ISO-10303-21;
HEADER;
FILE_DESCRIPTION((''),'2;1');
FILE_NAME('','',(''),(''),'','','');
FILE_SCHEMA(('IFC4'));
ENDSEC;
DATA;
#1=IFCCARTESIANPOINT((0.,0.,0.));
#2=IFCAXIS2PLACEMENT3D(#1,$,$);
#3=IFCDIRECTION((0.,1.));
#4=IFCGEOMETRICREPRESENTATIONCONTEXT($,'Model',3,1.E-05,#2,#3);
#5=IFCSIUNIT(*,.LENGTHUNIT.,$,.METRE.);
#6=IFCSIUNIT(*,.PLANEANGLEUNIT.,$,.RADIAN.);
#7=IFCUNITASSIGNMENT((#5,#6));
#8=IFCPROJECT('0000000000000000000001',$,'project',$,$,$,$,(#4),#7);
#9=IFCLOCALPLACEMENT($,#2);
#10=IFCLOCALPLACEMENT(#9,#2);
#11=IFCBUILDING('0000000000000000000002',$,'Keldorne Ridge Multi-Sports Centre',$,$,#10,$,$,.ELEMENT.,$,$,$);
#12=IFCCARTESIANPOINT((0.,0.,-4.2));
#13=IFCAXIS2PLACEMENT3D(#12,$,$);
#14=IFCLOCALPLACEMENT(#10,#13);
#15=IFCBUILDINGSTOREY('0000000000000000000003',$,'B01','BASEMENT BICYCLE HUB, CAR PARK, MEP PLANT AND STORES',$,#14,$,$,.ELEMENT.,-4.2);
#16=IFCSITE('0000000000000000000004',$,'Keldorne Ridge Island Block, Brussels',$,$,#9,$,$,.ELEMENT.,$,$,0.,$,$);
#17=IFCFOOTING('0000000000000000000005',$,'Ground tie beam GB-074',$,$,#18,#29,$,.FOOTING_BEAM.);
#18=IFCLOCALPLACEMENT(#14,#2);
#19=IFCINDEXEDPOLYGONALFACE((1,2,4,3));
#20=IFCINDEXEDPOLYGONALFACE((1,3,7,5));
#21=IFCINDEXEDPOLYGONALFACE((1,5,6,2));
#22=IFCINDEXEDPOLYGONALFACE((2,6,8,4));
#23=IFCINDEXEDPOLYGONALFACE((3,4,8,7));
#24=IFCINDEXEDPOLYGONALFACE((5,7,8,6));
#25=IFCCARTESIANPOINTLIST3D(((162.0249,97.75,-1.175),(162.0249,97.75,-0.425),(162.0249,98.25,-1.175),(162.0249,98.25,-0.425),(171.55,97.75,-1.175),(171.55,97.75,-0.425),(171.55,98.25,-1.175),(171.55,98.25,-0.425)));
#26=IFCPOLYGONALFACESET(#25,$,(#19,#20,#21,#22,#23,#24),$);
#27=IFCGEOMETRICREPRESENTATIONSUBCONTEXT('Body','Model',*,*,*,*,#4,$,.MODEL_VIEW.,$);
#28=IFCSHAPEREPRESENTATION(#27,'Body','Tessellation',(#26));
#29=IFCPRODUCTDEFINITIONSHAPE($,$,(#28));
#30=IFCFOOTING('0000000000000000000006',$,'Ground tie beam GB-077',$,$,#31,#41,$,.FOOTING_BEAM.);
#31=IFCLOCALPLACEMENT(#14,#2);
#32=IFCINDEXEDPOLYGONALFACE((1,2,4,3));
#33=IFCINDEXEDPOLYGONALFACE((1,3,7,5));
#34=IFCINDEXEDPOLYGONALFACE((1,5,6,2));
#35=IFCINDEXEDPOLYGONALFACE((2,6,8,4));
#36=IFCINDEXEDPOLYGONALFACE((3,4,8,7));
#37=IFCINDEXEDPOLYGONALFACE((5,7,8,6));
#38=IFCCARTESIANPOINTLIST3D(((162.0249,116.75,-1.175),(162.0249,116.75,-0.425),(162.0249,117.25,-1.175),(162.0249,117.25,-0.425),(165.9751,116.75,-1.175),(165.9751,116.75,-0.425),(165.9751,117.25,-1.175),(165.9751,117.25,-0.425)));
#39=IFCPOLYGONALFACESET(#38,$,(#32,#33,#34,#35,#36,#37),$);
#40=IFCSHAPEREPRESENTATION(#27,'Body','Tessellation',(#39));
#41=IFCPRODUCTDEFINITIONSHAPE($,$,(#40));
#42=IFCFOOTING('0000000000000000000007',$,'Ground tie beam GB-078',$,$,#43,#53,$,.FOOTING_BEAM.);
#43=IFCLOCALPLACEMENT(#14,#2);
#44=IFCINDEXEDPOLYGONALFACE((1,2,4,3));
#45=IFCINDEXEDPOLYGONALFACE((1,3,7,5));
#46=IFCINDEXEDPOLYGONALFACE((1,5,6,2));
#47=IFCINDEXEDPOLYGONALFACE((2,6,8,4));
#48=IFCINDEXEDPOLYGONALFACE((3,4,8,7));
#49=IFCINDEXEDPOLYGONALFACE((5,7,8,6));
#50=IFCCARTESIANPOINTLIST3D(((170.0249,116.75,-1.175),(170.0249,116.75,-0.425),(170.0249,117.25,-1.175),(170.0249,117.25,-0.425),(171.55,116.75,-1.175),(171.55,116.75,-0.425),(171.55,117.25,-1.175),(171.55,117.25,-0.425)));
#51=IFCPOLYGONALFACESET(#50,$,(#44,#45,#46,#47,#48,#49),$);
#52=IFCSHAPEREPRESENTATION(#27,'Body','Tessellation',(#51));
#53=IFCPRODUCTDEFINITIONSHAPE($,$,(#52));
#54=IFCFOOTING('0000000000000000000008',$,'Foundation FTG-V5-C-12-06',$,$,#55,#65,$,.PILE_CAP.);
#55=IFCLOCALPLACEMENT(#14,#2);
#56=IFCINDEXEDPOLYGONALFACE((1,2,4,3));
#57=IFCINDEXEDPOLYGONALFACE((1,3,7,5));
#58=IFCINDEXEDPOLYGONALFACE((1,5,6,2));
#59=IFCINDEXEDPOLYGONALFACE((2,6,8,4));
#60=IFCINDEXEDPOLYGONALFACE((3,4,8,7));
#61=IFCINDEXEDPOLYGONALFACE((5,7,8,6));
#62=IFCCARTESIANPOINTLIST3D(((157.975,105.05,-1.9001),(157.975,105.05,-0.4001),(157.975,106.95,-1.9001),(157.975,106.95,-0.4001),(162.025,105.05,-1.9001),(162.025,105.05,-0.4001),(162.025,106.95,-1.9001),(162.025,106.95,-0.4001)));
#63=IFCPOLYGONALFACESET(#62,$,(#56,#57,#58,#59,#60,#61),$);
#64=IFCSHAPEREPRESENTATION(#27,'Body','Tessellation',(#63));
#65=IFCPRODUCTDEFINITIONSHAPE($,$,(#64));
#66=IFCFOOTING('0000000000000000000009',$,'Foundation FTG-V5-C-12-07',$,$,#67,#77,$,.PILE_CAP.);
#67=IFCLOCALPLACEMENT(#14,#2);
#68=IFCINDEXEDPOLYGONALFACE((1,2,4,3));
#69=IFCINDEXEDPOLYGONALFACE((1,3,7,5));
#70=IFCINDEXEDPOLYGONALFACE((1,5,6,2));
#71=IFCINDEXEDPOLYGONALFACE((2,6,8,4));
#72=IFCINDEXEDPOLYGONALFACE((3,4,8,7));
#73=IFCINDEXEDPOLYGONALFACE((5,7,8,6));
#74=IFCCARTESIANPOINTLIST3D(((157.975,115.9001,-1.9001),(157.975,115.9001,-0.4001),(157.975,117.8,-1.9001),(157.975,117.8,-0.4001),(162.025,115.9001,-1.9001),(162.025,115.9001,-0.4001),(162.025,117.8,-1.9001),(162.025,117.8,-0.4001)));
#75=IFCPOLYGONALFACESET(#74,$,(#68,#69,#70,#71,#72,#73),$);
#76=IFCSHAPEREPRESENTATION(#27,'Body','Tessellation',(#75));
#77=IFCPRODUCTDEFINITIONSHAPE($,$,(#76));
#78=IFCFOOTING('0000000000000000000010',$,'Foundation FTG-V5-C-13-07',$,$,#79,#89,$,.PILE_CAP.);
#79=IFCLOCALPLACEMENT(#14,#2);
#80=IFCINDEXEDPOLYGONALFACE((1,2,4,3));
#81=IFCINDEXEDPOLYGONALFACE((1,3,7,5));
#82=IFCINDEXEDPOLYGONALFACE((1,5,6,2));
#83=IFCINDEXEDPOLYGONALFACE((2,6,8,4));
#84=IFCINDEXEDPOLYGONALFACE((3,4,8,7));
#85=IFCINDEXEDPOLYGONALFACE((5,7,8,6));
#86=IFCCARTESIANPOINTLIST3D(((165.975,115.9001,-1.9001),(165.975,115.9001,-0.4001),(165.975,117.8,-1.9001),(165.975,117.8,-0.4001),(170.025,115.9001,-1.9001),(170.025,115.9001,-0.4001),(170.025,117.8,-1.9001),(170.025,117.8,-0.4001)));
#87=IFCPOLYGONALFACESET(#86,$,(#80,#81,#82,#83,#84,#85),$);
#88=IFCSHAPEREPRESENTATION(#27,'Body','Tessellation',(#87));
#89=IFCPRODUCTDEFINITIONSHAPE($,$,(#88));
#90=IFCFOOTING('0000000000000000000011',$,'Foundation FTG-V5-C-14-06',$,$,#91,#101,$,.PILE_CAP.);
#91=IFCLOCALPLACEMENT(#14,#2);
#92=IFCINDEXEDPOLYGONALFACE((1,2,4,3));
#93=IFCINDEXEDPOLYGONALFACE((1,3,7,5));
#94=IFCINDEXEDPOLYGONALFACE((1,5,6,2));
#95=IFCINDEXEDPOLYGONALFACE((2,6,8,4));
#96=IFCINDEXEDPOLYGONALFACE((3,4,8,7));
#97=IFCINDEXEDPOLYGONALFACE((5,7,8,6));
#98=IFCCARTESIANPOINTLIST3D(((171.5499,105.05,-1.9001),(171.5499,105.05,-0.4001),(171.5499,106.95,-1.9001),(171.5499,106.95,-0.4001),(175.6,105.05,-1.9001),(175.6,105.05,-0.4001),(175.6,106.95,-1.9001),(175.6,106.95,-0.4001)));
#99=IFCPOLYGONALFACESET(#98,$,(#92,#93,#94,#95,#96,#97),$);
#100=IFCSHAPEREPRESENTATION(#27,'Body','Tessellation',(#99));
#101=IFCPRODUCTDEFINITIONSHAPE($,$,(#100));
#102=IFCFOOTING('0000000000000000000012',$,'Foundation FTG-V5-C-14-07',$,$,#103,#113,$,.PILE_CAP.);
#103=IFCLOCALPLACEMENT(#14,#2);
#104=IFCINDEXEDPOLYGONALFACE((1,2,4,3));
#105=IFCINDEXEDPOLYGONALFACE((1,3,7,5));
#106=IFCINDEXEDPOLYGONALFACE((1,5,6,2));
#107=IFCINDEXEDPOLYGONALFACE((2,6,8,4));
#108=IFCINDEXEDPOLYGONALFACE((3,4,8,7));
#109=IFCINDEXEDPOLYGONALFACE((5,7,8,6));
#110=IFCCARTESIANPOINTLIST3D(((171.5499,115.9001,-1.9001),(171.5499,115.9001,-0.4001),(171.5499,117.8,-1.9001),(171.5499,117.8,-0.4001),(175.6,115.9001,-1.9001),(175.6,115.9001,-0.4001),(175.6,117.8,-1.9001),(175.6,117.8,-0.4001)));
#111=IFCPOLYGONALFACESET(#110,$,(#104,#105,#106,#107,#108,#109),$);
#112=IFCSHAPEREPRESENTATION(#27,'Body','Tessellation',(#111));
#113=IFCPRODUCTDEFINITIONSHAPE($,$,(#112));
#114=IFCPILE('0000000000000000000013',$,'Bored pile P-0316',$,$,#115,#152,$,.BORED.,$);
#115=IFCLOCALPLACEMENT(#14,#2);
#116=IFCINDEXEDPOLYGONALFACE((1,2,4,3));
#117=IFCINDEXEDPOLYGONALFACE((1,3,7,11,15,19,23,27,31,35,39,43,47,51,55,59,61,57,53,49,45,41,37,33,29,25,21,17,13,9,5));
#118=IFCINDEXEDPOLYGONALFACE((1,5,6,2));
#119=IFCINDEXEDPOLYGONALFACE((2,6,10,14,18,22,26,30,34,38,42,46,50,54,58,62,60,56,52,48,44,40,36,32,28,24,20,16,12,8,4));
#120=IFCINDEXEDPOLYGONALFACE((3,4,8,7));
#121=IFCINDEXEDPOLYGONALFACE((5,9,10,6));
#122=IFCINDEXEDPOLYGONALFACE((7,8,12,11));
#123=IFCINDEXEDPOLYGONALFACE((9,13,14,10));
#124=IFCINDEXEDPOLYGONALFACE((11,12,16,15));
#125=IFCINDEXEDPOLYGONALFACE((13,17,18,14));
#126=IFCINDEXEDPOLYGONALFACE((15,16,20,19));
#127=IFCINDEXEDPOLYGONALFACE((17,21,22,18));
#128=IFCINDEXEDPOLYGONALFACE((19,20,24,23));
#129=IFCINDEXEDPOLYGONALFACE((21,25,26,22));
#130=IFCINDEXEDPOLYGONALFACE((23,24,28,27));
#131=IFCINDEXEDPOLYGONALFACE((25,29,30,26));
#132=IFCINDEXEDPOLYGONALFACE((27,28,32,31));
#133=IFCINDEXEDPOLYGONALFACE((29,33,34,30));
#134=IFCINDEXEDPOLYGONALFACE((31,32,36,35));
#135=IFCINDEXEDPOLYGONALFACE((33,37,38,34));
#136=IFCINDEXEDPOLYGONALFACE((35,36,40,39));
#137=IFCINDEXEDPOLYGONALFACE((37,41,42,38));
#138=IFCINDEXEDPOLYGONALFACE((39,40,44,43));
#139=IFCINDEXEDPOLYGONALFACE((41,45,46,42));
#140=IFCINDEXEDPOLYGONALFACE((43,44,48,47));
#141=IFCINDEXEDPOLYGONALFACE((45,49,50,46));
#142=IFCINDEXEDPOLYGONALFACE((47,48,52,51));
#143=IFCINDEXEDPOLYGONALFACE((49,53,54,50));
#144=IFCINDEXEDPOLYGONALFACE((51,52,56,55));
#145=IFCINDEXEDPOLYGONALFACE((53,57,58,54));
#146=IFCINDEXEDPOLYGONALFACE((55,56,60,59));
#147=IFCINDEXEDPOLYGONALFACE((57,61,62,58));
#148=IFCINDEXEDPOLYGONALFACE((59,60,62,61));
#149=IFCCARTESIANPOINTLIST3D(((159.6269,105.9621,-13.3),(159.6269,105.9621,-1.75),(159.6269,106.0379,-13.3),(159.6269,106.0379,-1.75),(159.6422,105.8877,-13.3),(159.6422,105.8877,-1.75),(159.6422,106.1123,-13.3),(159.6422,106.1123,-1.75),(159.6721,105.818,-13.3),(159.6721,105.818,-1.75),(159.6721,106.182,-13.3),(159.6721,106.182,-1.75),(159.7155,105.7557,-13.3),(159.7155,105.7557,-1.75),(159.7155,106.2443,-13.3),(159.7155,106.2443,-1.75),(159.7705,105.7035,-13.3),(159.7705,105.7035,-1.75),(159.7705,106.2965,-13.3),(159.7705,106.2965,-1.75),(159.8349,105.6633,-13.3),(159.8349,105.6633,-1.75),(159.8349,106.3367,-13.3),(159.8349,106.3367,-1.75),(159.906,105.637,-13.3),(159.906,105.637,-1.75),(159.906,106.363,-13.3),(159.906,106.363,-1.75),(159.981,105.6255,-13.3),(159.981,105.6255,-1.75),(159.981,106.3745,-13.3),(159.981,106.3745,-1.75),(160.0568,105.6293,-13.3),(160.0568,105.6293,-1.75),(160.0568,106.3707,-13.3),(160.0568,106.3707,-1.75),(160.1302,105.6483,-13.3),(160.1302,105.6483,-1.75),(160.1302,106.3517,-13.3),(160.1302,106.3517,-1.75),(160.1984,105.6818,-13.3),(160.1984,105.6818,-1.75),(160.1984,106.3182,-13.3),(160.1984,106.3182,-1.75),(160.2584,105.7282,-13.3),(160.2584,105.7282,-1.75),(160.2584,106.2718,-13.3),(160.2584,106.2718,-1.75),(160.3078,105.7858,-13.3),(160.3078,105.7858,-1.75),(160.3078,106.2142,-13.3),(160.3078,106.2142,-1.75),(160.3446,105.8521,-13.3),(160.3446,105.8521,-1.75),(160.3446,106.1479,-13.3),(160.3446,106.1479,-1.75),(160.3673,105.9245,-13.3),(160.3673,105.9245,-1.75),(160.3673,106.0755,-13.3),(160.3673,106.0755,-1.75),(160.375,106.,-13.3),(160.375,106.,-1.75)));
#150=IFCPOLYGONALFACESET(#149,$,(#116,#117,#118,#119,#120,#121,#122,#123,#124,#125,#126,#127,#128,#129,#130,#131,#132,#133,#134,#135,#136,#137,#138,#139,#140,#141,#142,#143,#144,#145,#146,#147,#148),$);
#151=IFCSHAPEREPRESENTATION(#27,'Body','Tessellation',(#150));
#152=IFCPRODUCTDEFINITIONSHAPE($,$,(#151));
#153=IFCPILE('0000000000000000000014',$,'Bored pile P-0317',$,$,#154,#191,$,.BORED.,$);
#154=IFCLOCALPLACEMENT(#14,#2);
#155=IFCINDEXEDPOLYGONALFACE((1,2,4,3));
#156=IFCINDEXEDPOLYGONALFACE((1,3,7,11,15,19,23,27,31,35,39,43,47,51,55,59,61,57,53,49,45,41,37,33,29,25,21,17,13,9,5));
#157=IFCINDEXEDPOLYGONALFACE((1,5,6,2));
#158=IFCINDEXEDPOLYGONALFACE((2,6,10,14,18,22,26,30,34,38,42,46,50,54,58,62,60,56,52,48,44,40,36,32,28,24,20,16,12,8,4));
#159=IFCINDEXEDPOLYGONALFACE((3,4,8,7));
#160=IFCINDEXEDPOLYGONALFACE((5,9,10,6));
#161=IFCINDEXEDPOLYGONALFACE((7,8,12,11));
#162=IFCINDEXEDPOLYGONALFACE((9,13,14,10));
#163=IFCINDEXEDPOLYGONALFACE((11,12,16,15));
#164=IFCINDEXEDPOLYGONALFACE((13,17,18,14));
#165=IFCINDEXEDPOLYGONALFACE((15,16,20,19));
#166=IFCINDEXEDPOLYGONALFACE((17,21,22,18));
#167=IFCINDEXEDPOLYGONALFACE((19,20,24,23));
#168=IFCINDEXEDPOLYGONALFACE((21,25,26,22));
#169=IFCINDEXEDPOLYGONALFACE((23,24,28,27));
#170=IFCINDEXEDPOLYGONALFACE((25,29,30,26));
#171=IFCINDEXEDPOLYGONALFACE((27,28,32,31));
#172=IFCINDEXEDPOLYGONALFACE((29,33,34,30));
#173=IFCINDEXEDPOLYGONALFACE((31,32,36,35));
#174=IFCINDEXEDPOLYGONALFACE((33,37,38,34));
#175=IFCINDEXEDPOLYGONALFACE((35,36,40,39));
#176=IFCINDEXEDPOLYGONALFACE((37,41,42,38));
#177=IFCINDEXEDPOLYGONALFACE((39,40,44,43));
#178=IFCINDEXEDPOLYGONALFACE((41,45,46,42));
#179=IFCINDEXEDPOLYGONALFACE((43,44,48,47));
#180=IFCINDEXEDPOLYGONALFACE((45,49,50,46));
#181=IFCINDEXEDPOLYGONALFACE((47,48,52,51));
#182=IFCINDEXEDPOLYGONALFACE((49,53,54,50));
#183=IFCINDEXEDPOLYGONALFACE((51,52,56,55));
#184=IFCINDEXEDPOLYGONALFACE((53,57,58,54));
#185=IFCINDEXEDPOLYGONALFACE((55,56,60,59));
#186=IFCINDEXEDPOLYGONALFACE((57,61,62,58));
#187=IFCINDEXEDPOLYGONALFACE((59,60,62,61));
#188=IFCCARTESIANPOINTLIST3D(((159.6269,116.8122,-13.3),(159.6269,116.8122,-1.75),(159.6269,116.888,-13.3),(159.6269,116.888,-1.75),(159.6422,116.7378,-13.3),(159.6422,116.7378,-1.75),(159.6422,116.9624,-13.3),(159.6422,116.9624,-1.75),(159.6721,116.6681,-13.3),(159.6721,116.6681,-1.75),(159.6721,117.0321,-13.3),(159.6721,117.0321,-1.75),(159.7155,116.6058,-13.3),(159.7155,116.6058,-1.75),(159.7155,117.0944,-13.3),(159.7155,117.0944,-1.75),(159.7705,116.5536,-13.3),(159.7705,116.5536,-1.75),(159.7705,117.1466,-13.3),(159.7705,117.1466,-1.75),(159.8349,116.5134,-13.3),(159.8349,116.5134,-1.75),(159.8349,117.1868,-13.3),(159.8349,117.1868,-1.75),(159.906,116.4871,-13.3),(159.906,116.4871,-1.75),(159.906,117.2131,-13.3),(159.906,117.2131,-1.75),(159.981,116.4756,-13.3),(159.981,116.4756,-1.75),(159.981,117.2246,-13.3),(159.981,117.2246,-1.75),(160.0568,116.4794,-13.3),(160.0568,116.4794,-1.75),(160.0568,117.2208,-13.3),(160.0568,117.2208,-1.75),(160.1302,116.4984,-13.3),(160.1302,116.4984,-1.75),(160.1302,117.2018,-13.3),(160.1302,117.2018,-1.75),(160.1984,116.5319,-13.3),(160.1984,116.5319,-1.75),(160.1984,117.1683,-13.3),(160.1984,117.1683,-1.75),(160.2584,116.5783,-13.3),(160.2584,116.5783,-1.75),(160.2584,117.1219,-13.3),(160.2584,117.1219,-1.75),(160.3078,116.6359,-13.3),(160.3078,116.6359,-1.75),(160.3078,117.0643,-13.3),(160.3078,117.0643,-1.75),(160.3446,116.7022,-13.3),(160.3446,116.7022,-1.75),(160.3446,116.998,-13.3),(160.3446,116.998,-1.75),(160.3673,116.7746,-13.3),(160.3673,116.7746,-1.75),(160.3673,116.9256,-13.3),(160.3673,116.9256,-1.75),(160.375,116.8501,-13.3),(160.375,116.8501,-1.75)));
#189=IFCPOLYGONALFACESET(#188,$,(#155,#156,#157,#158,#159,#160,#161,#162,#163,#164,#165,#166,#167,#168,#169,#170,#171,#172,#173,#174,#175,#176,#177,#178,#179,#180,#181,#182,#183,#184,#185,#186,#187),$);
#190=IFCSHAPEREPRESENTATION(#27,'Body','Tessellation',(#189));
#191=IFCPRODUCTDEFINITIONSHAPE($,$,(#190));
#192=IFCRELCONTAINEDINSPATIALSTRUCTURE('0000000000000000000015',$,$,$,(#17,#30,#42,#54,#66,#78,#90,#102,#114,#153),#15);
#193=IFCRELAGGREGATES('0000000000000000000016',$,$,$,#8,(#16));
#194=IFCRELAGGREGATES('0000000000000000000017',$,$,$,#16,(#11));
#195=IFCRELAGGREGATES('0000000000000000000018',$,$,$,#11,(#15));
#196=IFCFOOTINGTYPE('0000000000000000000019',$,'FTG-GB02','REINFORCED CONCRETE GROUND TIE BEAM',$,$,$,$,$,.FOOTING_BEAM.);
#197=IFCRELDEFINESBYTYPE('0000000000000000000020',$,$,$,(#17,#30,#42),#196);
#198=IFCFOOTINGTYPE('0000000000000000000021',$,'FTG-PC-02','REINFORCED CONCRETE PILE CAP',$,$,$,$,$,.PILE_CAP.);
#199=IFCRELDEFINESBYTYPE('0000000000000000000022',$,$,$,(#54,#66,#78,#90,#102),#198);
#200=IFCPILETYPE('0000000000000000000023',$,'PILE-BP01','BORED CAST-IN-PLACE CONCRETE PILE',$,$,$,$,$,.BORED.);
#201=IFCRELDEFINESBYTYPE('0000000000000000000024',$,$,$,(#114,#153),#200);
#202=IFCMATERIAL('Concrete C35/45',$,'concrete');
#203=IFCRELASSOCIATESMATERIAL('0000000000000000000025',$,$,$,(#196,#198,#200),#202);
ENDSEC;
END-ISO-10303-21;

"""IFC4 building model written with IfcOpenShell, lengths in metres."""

from ifc_helpers import new_model, si_unit, direction, frame, origin, origin_2d, place, context, subcontext, project, spatial, rectangle, circle, extrude, material, material_profile, profile_set, type_object, element, save


model = new_model("IFC4")

# Units and contexts
model_context = context("Model", 3, precision=1e-05, world=origin(), true_north=direction((0.0, 1.0)))
body_context = subcontext(model_context, "Body", "Model", "MODEL_VIEW")
ifc_project = project(units=[si_unit("LENGTHUNIT", "METRE"), si_unit("PLANEANGLEUNIT", "RADIAN")], contexts=[model_context])

# Site, building, storey
site_placement = place(None, origin())
site = spatial("IfcSite", under=ifc_project, at=site_placement, Name="Keldorne Ridge Island Block, Brussels", CompositionType="ELEMENT", RefElevation=0.0)
building_placement = place(site_placement, origin())
building = spatial("IfcBuilding", under=site, at=building_placement, Name="Keldorne Ridge Multi-Sports Centre", CompositionType="ELEMENT")
storey_placement = place(building_placement, frame((0.0, 0.0, -4.2)))
storey = spatial("IfcBuildingStorey", under=building, at=storey_placement, Name="B01", Description="BASEMENT BICYCLE HUB, CAR PARK, MEP PLANT AND STORES", CompositionType="ELEMENT", Elevation=-4.2)

# Footings
ifc_material_1 = material(Name="Concrete C35/45", Category="concrete")
ifc_material_profile_1 = material_profile(ifc_material_1, rectangle(XDim=0.5, YDim=0.75, at=origin_2d()), Name="GB 500x750")
ifc_profile_set_1 = profile_set([ifc_material_profile_1], Name="Concrete C35/45")
footing_type_1 = type_object("IfcFootingType", Name="FTG-GB02", Description="REINFORCED CONCRETE GROUND TIE BEAM", PredefinedType="FOOTING_BEAM", material=ifc_profile_set_1)
footing_1_placement = place(storey_placement, frame((162.0249, 98.0, -0.8), z_axis=(1.0, 0.0, 0.0), x_axis=(0.0, 1.0, 0.0)))
element("IfcFooting", 1, at=footing_1_placement, inside=storey, type_object=footing_type_1, Name="Ground tie beam GB-074", PredefinedType="FOOTING_BEAM", context=body_context, shape_type="SweptSolid", body=[
    extrude(rectangle(XDim=0.5, YDim=0.75, at=origin_2d()), origin(), (0.0, 0.0, 1.0), 9.5251),
])
footing_2_placement = place(storey_placement, frame((162.0249, 117.0, -0.8), z_axis=(1.0, 0.0, 0.0), x_axis=(0.0, 1.0, 0.0)))
element("IfcFooting", 2, at=footing_2_placement, inside=storey, type_object=footing_type_1, Name="Ground tie beam GB-077", PredefinedType="FOOTING_BEAM", context=body_context, shape_type="SweptSolid", body=[
    extrude(rectangle(XDim=0.5, YDim=0.75, at=origin_2d()), origin(), (0.0, 0.0, 1.0), 3.9502),
])
footing_3_placement = place(storey_placement, frame((170.0249, 117.0, -0.8), z_axis=(1.0, 0.0, 0.0), x_axis=(0.0, 1.0, 0.0)))
element("IfcFooting", 3, at=footing_3_placement, inside=storey, type_object=footing_type_1, Name="Ground tie beam GB-078", PredefinedType="FOOTING_BEAM", context=body_context, shape_type="SweptSolid", body=[
    extrude(rectangle(XDim=0.5, YDim=0.75, at=origin_2d()), origin(), (0.0, 0.0, 1.0), 1.5251),
])
footing_type_2 = type_object("IfcFootingType", Name="FTG-PC-02", Description="REINFORCED CONCRETE PILE CAP", PredefinedType="PILE_CAP", material=ifc_material_1)
for number, where, z_axis, x_axis, name in (
    (4, (160.0, 106.0, -1.9001), (0.0, 0.0, 1.0), (1.0, 0.0, 0.0), "Foundation FTG-V5-C-12-06"),
    (5, (160.0, 116.8501, -1.9001), (0.0, 0.0, 1.0), (1.0, 0.0, 0.0), "Foundation FTG-V5-C-12-07"),
    (6, (168.0, 116.8501, -1.9001), (0.0, 0.0, 1.0), (1.0, 0.0, 0.0), "Foundation FTG-V5-C-13-07"),
    (7, (173.575, 106.0, -1.9001), (0.0, 0.0, 1.0), (1.0, 0.0, 0.0), "Foundation FTG-V5-C-14-06"),
    (8, (173.575, 116.8501, -1.9001), (0.0, 0.0, 1.0), (1.0, 0.0, 0.0), "Foundation FTG-V5-C-14-07"),
):
    element("IfcFooting", number, at=place(storey_placement, frame(where, z_axis=z_axis, x_axis=x_axis)), inside=storey, type_object=footing_type_2, Name=name, PredefinedType="PILE_CAP", context=body_context, shape_type="SweptSolid", body=[
        extrude(rectangle(XDim=4.05, YDim=1.8999, at=origin_2d()), origin(), (0.0, 0.0, 1.0), 1.5),
    ])

# Piles
ifc_material_profile_2 = material_profile(ifc_material_1, circle(Radius=0.375, at=origin_2d()), Name="BORED PILE D750")
ifc_profile_set_2 = profile_set([ifc_material_profile_2], Name="Concrete C35/45")
pile_type = type_object("IfcPileType", Name="PILE-BP01", Description="BORED CAST-IN-PLACE CONCRETE PILE", PredefinedType="BORED", material=ifc_profile_set_2)
for number, where, z_axis, x_axis, name in (
    (9, (160.0, 106.0, -1.75), (0.0, 0.0, -1.0), (1.0, 0.0, 0.0), "Bored pile P-0316"),
    (10, (160.0, 116.8501, -1.75), (0.0, 0.0, -1.0), (1.0, 0.0, 0.0), "Bored pile P-0317"),
):
    element("IfcPile", number, at=place(storey_placement, frame(where, z_axis=z_axis, x_axis=x_axis)), inside=storey, type_object=pile_type, Name=name, PredefinedType="BORED", context=body_context, shape_type="SweptSolid", body=[
        extrude(circle(Radius=0.375, at=origin_2d()), origin(), (0.0, 0.0, 1.0), 11.55),
    ])

save(model, "model.ifc")
